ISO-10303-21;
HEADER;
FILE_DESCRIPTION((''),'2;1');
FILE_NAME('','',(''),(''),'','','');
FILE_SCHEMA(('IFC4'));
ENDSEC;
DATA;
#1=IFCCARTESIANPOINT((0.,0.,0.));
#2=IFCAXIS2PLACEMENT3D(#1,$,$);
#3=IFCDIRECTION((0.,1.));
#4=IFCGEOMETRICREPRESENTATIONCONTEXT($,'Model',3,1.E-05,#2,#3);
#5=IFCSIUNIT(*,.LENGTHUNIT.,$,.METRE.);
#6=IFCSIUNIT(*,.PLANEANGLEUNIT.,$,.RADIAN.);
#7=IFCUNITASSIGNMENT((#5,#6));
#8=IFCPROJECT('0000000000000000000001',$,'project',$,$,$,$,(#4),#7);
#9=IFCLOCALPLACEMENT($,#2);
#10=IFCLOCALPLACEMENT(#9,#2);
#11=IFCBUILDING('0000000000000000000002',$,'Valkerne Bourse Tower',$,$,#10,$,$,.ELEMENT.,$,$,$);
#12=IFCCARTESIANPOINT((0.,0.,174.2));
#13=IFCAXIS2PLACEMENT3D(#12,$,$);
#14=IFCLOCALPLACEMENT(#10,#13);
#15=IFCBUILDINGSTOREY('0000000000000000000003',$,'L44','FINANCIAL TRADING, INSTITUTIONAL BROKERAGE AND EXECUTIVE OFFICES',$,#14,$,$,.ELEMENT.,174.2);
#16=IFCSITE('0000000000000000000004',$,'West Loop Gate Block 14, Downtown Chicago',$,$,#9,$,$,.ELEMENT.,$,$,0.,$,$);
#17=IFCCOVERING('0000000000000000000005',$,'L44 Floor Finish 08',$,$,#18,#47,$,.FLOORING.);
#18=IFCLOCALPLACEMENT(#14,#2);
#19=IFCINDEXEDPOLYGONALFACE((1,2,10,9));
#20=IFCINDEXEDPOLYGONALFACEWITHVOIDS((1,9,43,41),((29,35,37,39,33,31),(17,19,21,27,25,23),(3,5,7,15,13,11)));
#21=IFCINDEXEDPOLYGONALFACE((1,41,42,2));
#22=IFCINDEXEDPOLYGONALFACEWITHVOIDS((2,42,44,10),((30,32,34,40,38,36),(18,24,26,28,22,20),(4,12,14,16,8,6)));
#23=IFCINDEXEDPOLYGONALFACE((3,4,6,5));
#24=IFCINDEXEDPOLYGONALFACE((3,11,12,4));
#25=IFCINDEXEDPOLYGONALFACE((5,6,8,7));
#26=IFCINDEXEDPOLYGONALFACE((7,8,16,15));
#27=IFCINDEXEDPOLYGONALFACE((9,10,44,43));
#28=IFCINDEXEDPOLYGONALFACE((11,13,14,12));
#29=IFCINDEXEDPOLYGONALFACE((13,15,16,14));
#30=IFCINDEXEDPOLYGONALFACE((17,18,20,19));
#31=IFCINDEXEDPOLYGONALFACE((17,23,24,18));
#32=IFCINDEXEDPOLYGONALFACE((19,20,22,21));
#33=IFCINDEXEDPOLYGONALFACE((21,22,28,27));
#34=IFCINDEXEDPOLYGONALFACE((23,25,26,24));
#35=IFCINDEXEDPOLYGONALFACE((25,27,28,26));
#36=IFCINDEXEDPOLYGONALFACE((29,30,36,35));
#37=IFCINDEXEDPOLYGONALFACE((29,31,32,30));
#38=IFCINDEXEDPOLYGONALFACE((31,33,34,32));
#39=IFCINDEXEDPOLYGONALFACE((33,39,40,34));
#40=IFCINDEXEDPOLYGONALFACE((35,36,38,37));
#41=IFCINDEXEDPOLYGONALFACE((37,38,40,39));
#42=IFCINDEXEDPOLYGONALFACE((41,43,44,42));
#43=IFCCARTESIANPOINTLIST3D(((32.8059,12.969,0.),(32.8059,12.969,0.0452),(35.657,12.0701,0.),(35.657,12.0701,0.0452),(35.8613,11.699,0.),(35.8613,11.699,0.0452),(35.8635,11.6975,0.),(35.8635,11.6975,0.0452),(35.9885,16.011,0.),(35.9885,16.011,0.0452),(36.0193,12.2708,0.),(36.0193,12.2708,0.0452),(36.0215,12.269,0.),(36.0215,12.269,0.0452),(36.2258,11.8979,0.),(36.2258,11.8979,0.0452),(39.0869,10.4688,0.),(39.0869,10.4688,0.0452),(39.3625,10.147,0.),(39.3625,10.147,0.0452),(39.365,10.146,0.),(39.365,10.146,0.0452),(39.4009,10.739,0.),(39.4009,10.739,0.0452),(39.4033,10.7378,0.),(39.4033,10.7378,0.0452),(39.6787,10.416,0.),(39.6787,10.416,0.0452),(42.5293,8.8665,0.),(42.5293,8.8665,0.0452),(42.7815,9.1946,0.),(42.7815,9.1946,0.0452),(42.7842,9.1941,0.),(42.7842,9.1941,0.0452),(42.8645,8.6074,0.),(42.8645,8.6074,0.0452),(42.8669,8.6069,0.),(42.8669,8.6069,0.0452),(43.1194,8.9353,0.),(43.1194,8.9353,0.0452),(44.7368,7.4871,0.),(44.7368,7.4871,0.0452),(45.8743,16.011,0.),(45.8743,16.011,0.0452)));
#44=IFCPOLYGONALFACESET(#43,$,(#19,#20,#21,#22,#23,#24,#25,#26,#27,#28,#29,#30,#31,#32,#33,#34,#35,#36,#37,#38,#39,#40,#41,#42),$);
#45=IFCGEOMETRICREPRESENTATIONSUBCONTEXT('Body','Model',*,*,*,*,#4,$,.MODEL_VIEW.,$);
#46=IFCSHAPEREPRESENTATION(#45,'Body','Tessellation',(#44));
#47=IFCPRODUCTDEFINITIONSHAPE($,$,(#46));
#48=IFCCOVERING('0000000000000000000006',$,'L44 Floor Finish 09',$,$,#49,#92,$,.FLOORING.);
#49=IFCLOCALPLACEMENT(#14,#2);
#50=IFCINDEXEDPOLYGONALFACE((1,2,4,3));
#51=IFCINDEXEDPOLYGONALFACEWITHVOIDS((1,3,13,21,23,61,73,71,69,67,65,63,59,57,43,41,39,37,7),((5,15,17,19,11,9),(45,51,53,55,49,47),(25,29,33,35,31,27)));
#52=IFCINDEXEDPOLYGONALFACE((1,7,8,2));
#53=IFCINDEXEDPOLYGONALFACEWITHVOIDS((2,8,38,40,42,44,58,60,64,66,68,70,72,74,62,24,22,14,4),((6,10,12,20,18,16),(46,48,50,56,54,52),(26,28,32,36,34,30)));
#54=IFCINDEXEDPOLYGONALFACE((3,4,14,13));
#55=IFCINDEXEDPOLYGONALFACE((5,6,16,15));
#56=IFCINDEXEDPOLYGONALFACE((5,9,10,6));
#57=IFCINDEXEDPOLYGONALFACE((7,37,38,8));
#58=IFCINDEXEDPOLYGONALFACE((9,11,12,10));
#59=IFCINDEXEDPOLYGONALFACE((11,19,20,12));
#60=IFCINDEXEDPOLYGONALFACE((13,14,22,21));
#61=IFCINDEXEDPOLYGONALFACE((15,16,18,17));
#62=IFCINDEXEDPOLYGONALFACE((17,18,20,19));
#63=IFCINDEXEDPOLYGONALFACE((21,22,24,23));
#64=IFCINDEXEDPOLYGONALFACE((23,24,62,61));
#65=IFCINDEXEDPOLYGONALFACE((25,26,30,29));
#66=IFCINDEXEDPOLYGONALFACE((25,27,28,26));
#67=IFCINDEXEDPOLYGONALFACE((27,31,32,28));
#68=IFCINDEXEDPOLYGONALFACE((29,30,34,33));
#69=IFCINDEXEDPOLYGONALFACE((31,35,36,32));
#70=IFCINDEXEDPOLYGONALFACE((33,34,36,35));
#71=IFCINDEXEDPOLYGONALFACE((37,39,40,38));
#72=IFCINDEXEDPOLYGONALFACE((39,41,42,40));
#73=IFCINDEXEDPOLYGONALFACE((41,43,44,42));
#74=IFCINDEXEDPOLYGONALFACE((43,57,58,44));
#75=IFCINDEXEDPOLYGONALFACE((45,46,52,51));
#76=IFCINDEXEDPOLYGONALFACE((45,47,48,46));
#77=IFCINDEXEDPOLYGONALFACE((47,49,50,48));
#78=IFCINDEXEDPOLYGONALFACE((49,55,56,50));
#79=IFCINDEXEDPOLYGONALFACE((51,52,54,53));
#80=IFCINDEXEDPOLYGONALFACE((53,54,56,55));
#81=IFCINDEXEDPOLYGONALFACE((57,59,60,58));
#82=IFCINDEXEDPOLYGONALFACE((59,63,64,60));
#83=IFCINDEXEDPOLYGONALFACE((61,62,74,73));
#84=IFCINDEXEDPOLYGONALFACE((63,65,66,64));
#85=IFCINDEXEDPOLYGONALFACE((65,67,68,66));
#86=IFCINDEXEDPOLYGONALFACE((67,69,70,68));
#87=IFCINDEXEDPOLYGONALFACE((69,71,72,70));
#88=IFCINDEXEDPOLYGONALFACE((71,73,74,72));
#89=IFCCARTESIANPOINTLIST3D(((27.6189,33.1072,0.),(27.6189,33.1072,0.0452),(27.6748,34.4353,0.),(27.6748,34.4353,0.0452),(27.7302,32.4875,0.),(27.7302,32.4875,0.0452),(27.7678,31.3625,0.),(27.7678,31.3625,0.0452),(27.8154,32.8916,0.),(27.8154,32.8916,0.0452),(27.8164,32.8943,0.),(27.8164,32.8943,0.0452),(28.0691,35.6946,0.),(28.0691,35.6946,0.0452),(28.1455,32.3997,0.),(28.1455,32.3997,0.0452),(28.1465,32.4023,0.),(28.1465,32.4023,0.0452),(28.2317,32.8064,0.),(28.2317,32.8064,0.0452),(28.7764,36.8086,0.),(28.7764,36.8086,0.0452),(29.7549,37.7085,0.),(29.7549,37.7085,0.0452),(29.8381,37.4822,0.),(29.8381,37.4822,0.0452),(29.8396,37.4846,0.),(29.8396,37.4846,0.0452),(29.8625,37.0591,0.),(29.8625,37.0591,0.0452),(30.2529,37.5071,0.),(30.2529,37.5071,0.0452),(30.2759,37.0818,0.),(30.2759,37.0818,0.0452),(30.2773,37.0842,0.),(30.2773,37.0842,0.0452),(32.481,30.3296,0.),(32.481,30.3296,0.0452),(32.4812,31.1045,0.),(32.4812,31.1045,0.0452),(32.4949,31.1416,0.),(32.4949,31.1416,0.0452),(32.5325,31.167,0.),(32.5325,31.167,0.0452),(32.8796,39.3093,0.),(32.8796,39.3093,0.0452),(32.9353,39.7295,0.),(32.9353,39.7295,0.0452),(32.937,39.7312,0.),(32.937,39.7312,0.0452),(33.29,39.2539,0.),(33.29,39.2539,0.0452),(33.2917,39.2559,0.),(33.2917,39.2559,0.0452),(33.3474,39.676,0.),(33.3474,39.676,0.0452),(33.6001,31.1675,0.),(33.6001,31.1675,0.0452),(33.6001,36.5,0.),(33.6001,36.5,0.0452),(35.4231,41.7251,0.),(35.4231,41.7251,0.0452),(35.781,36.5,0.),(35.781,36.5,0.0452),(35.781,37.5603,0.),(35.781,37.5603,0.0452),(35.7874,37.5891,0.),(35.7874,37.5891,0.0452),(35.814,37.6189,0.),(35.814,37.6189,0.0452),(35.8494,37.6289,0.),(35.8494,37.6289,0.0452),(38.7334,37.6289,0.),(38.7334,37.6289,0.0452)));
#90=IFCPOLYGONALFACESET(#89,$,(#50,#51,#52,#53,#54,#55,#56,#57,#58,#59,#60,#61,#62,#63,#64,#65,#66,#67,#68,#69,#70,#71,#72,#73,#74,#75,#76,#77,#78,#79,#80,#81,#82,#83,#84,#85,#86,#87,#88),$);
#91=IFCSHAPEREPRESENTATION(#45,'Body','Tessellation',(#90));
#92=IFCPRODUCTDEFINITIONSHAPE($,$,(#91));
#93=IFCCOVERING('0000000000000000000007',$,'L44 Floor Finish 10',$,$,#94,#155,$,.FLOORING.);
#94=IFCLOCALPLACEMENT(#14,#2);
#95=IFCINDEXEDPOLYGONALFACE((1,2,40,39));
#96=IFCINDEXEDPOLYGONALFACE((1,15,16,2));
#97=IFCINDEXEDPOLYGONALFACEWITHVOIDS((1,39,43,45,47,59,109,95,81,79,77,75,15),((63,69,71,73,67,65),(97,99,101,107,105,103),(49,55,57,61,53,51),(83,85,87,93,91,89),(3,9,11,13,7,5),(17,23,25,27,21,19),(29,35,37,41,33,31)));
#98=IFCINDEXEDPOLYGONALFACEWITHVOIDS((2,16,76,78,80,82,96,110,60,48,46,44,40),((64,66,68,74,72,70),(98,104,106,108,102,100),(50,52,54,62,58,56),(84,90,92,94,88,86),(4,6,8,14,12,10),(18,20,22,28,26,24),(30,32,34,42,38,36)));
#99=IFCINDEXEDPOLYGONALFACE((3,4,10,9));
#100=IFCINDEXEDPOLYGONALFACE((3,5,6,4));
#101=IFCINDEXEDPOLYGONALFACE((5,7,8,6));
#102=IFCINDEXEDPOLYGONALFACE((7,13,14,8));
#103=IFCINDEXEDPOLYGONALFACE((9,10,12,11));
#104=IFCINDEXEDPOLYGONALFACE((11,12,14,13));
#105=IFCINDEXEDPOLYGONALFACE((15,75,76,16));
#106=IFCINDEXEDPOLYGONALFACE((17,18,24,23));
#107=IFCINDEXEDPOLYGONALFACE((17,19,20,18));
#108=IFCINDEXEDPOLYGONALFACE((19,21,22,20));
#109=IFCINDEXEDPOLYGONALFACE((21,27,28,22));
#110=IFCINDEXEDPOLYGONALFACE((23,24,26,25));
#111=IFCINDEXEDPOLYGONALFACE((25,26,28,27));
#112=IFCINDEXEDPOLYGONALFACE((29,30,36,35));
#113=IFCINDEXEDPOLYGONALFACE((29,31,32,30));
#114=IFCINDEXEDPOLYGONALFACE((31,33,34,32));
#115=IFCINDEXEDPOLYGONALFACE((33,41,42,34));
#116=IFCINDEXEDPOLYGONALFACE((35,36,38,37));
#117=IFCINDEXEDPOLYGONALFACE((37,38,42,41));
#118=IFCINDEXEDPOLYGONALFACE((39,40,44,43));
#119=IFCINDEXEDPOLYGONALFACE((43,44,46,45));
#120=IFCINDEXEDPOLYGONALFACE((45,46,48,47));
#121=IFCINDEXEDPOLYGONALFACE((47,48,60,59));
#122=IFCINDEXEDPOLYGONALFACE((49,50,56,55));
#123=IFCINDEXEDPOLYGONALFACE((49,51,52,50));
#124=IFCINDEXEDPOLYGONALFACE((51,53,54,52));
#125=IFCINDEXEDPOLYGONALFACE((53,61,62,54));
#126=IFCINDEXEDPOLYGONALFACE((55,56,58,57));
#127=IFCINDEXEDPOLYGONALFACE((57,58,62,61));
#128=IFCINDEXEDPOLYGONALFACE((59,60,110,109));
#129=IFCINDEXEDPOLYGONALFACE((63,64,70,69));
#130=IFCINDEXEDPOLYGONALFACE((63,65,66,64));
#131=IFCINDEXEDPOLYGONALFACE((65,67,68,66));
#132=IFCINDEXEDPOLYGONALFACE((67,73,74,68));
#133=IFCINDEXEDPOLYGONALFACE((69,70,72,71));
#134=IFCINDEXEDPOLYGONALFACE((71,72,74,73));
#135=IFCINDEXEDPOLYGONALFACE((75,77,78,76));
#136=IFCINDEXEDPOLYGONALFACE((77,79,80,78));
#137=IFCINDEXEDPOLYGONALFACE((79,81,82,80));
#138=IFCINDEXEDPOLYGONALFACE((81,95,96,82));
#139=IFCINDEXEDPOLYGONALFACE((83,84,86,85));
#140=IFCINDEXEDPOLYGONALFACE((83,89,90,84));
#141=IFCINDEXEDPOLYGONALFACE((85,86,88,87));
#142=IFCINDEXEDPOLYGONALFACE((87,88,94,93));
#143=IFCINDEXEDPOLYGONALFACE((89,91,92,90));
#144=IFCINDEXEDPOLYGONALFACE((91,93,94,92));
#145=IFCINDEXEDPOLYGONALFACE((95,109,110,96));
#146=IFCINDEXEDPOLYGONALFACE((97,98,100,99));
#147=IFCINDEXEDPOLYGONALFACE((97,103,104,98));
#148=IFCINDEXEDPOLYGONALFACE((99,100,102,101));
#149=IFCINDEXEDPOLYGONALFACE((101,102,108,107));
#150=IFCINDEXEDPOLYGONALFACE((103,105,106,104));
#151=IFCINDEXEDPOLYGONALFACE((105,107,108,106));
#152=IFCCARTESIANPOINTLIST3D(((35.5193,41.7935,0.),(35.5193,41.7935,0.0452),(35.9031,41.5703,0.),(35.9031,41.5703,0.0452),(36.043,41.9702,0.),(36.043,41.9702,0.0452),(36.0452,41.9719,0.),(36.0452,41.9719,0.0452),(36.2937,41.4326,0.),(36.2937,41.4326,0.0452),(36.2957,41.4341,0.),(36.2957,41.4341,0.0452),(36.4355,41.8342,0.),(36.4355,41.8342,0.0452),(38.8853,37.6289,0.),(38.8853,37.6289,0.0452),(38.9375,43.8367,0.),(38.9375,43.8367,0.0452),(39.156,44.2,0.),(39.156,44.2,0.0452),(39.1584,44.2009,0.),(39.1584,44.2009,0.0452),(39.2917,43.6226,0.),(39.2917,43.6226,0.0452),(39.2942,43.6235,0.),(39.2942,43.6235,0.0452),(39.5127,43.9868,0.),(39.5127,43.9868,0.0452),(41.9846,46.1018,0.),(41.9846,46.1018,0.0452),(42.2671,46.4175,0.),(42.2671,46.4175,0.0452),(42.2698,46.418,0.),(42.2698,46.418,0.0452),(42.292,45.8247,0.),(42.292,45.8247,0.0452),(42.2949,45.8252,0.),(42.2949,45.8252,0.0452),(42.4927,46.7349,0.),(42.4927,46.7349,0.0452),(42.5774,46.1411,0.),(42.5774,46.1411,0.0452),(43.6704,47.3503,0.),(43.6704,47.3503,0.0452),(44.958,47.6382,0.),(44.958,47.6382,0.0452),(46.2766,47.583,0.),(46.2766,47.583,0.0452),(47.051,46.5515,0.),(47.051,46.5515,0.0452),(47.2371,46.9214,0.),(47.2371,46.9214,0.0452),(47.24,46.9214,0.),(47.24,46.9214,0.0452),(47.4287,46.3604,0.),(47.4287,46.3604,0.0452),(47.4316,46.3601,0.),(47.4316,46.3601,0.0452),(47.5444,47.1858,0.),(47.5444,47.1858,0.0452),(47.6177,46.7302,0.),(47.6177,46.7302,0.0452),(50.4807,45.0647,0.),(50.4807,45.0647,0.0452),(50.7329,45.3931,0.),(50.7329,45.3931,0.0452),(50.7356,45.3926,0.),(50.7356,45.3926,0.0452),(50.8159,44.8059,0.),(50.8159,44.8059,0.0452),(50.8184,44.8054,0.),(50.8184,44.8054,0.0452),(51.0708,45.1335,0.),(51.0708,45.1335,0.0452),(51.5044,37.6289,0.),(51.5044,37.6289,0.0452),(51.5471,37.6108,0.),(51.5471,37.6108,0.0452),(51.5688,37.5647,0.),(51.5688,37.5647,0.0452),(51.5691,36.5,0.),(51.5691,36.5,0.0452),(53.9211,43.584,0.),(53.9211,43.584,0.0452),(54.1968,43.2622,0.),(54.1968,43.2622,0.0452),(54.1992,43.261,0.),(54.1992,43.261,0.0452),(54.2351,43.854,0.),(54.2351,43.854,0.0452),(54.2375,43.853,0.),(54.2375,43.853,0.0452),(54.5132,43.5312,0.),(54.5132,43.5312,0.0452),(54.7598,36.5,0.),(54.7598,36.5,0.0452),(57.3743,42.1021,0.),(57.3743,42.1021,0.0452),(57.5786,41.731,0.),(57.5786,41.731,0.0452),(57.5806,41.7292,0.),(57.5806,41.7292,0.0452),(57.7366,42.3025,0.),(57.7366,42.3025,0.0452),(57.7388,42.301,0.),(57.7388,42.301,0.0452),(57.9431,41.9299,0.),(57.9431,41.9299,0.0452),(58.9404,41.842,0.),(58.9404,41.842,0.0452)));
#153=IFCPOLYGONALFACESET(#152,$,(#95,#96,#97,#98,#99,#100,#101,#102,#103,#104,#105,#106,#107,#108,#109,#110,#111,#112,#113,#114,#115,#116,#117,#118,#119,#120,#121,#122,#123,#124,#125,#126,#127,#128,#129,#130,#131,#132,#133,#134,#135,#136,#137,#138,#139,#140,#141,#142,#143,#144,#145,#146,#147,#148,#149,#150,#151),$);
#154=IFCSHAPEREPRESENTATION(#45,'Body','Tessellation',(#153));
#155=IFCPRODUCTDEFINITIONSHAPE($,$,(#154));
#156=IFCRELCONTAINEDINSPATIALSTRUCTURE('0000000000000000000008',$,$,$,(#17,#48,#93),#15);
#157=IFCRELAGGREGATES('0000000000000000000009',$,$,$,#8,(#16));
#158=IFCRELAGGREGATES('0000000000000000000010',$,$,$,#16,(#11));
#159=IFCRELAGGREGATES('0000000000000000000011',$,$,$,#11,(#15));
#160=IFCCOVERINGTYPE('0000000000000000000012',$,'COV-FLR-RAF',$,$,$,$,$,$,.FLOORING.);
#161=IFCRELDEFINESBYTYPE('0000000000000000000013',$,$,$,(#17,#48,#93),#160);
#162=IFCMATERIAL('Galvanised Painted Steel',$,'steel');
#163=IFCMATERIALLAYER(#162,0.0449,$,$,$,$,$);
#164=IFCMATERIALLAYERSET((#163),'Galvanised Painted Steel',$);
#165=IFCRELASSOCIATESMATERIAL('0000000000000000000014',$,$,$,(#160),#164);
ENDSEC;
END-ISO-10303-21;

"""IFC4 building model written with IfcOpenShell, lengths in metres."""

from ifc_helpers import new_model, si_unit, direction, frame, origin, place, context, subcontext, project, spatial, polyline, outline, extrude, material, layer, layer_set, type_object, element, save


model = new_model("IFC4")

# Units and contexts
model_context = context("Model", 3, precision=1e-05, world=origin(), true_north=direction((0.0, 1.0)))
body_context = subcontext(model_context, "Body", "Model", "MODEL_VIEW")
ifc_project = project(units=[si_unit("LENGTHUNIT", "METRE"), si_unit("PLANEANGLEUNIT", "RADIAN")], contexts=[model_context])

# Site, building, storey
site_placement = place(None, origin())
site = spatial("IfcSite", under=ifc_project, at=site_placement, Name="West Loop Gate Block 14, Downtown Chicago", CompositionType="ELEMENT", RefElevation=0.0)
building_placement = place(site_placement, origin())
building = spatial("IfcBuilding", under=site, at=building_placement, Name="Valkerne Bourse Tower", CompositionType="ELEMENT")
storey_placement = place(building_placement, frame((0.0, 0.0, 174.2)))
storey = spatial("IfcBuildingStorey", under=building, at=storey_placement, Name="L44", Description="FINANCIAL TRADING, INSTITUTIONAL BROKERAGE AND EXECUTIVE OFFICES", CompositionType="ELEMENT", Elevation=174.2)

# Coverings
ifc_material_1 = material(Name="Galvanised Painted Steel", Category="steel")
ifc_layer_1 = layer(ifc_material_1, 0.0449)
ifc_layer_set_1 = layer_set([ifc_layer_1], Name="Galvanised Painted Steel")
covering_type_1 = type_object("IfcCoveringType", Name="COV-FLR-RAF", PredefinedType="FLOORING", material=ifc_layer_set_1)
covering_1_placement = place(storey_placement, origin())
element("IfcCovering", 1, at=covering_1_placement, inside=storey, type_object=covering_type_1, Name="L44 Floor Finish 08", PredefinedType="FLOORING", context=body_context, shape_type="SweptSolid", body=[
    extrude(outline(polyline([(45.8743, 16.011), (44.7368, 7.4871), (32.8059, 12.969), (35.9885, 16.011), (45.8743, 16.011)]), holes=[polyline([(36.0215, 12.269), (36.0193, 12.2708), (35.657, 12.0701), (35.8613, 11.699), (35.8635, 11.6975), (36.2258, 11.8979), (36.0215, 12.269)]), polyline([(42.7842, 9.1941), (42.7815, 9.1946), (42.5293, 8.8665), (42.8645, 8.6074), (42.8669, 8.6069), (43.1194, 8.9353), (42.7842, 9.1941)]), polyline([(39.6787, 10.416), (39.4033, 10.7378), (39.4009, 10.739), (39.0869, 10.4688), (39.3625, 10.147), (39.365, 10.146), (39.6787, 10.416)])]), origin(), (0.0, 0.0, 1.0), 0.0452),
])
covering_2_placement = place(storey_placement, origin())
element("IfcCovering", 2, at=covering_2_placement, inside=storey, type_object=covering_type_1, Name="L44 Floor Finish 09", PredefinedType="FLOORING", context=body_context, shape_type="SweptSolid", body=[
    extrude(outline(polyline([(28.0691, 35.6946), (28.7764, 36.8086), (29.7549, 37.7085), (35.4231, 41.7251), (38.7334, 37.6289), (35.8494, 37.6289), (35.814, 37.6189), (35.7874, 37.5891), (35.781, 37.5603), (35.781, 36.5), (33.6001, 36.5), (33.6001, 31.1675), (32.5325, 31.167), (32.4949, 31.1416), (32.4812, 31.1045), (32.481, 30.3296), (27.7678, 31.3625), (27.6189, 33.1072), (27.6748, 34.4353), (28.0691, 35.6946)]), holes=[polyline([(28.2317, 32.8064), (27.8164, 32.8943), (27.8154, 32.8916), (27.7302, 32.4875), (28.1455, 32.3997), (28.1465, 32.4023), (28.2317, 32.8064)]), polyline([(30.2773, 37.0842), (30.2529, 37.5071), (29.8396, 37.4846), (29.8381, 37.4822), (29.8625, 37.0591), (30.2759, 37.0818), (30.2773, 37.0842)]), polyline([(33.3474, 39.676), (32.937, 39.7312), (32.9353, 39.7295), (32.8796, 39.3093), (33.29, 39.2539), (33.2917, 39.2559), (33.3474, 39.676)])]), origin(), (0.0, 0.0, 1.0), 0.0452),
])
covering_3_placement = place(storey_placement, origin())
element("IfcCovering", 3, at=covering_3_placement, inside=storey, type_object=covering_type_1, Name="L44 Floor Finish 10", PredefinedType="FLOORING", context=body_context, shape_type="SweptSolid", body=[
    extrude(outline(polyline([(44.958, 47.6382), (46.2766, 47.583), (47.5444, 47.1858), (58.9404, 41.842), (54.7598, 36.5), (51.5691, 36.5), (51.5688, 37.5647), (51.5471, 37.6108), (51.5044, 37.6289), (38.8853, 37.6289), (35.5193, 41.7935), (42.4927, 46.7349), (43.6704, 47.3503), (44.958, 47.6382)]), holes=[polyline([(36.2957, 41.4341), (36.4355, 41.8342), (36.0452, 41.9719), (36.043, 41.9702), (35.9031, 41.5703), (36.2937, 41.4326), (36.2957, 41.4341)]), polyline([(54.5132, 43.5312), (54.2375, 43.853), (54.2351, 43.854), (53.9211, 43.584), (54.1968, 43.2622), (54.1992, 43.261), (54.5132, 43.5312)]), polyline([(39.2942, 43.6235), (39.5127, 43.9868), (39.1584, 44.2009), (39.156, 44.2), (38.9375, 43.8367), (39.2917, 43.6226), (39.2942, 43.6235)]), polyline([(50.7356, 45.3926), (50.7329, 45.3931), (50.4807, 45.0647), (50.8159, 44.8059), (50.8184, 44.8054), (51.0708, 45.1335), (50.7356, 45.3926)]), polyline([(42.5774, 46.1411), (42.2698, 46.418), (42.2671, 46.4175), (41.9846, 46.1018), (42.292, 45.8247), (42.2949, 45.8252), (42.5774, 46.1411)]), polyline([(47.24, 46.9214), (47.2371, 46.9214), (47.051, 46.5515), (47.4287, 46.3604), (47.4316, 46.3601), (47.6177, 46.7302), (47.24, 46.9214)]), polyline([(57.9431, 41.9299), (57.7388, 42.301), (57.7366, 42.3025), (57.3743, 42.1021), (57.5786, 41.731), (57.5806, 41.7292), (57.9431, 41.9299)])]), origin(), (0.0, 0.0, 1.0), 0.0452),
])

save(model, "model.ifc")
